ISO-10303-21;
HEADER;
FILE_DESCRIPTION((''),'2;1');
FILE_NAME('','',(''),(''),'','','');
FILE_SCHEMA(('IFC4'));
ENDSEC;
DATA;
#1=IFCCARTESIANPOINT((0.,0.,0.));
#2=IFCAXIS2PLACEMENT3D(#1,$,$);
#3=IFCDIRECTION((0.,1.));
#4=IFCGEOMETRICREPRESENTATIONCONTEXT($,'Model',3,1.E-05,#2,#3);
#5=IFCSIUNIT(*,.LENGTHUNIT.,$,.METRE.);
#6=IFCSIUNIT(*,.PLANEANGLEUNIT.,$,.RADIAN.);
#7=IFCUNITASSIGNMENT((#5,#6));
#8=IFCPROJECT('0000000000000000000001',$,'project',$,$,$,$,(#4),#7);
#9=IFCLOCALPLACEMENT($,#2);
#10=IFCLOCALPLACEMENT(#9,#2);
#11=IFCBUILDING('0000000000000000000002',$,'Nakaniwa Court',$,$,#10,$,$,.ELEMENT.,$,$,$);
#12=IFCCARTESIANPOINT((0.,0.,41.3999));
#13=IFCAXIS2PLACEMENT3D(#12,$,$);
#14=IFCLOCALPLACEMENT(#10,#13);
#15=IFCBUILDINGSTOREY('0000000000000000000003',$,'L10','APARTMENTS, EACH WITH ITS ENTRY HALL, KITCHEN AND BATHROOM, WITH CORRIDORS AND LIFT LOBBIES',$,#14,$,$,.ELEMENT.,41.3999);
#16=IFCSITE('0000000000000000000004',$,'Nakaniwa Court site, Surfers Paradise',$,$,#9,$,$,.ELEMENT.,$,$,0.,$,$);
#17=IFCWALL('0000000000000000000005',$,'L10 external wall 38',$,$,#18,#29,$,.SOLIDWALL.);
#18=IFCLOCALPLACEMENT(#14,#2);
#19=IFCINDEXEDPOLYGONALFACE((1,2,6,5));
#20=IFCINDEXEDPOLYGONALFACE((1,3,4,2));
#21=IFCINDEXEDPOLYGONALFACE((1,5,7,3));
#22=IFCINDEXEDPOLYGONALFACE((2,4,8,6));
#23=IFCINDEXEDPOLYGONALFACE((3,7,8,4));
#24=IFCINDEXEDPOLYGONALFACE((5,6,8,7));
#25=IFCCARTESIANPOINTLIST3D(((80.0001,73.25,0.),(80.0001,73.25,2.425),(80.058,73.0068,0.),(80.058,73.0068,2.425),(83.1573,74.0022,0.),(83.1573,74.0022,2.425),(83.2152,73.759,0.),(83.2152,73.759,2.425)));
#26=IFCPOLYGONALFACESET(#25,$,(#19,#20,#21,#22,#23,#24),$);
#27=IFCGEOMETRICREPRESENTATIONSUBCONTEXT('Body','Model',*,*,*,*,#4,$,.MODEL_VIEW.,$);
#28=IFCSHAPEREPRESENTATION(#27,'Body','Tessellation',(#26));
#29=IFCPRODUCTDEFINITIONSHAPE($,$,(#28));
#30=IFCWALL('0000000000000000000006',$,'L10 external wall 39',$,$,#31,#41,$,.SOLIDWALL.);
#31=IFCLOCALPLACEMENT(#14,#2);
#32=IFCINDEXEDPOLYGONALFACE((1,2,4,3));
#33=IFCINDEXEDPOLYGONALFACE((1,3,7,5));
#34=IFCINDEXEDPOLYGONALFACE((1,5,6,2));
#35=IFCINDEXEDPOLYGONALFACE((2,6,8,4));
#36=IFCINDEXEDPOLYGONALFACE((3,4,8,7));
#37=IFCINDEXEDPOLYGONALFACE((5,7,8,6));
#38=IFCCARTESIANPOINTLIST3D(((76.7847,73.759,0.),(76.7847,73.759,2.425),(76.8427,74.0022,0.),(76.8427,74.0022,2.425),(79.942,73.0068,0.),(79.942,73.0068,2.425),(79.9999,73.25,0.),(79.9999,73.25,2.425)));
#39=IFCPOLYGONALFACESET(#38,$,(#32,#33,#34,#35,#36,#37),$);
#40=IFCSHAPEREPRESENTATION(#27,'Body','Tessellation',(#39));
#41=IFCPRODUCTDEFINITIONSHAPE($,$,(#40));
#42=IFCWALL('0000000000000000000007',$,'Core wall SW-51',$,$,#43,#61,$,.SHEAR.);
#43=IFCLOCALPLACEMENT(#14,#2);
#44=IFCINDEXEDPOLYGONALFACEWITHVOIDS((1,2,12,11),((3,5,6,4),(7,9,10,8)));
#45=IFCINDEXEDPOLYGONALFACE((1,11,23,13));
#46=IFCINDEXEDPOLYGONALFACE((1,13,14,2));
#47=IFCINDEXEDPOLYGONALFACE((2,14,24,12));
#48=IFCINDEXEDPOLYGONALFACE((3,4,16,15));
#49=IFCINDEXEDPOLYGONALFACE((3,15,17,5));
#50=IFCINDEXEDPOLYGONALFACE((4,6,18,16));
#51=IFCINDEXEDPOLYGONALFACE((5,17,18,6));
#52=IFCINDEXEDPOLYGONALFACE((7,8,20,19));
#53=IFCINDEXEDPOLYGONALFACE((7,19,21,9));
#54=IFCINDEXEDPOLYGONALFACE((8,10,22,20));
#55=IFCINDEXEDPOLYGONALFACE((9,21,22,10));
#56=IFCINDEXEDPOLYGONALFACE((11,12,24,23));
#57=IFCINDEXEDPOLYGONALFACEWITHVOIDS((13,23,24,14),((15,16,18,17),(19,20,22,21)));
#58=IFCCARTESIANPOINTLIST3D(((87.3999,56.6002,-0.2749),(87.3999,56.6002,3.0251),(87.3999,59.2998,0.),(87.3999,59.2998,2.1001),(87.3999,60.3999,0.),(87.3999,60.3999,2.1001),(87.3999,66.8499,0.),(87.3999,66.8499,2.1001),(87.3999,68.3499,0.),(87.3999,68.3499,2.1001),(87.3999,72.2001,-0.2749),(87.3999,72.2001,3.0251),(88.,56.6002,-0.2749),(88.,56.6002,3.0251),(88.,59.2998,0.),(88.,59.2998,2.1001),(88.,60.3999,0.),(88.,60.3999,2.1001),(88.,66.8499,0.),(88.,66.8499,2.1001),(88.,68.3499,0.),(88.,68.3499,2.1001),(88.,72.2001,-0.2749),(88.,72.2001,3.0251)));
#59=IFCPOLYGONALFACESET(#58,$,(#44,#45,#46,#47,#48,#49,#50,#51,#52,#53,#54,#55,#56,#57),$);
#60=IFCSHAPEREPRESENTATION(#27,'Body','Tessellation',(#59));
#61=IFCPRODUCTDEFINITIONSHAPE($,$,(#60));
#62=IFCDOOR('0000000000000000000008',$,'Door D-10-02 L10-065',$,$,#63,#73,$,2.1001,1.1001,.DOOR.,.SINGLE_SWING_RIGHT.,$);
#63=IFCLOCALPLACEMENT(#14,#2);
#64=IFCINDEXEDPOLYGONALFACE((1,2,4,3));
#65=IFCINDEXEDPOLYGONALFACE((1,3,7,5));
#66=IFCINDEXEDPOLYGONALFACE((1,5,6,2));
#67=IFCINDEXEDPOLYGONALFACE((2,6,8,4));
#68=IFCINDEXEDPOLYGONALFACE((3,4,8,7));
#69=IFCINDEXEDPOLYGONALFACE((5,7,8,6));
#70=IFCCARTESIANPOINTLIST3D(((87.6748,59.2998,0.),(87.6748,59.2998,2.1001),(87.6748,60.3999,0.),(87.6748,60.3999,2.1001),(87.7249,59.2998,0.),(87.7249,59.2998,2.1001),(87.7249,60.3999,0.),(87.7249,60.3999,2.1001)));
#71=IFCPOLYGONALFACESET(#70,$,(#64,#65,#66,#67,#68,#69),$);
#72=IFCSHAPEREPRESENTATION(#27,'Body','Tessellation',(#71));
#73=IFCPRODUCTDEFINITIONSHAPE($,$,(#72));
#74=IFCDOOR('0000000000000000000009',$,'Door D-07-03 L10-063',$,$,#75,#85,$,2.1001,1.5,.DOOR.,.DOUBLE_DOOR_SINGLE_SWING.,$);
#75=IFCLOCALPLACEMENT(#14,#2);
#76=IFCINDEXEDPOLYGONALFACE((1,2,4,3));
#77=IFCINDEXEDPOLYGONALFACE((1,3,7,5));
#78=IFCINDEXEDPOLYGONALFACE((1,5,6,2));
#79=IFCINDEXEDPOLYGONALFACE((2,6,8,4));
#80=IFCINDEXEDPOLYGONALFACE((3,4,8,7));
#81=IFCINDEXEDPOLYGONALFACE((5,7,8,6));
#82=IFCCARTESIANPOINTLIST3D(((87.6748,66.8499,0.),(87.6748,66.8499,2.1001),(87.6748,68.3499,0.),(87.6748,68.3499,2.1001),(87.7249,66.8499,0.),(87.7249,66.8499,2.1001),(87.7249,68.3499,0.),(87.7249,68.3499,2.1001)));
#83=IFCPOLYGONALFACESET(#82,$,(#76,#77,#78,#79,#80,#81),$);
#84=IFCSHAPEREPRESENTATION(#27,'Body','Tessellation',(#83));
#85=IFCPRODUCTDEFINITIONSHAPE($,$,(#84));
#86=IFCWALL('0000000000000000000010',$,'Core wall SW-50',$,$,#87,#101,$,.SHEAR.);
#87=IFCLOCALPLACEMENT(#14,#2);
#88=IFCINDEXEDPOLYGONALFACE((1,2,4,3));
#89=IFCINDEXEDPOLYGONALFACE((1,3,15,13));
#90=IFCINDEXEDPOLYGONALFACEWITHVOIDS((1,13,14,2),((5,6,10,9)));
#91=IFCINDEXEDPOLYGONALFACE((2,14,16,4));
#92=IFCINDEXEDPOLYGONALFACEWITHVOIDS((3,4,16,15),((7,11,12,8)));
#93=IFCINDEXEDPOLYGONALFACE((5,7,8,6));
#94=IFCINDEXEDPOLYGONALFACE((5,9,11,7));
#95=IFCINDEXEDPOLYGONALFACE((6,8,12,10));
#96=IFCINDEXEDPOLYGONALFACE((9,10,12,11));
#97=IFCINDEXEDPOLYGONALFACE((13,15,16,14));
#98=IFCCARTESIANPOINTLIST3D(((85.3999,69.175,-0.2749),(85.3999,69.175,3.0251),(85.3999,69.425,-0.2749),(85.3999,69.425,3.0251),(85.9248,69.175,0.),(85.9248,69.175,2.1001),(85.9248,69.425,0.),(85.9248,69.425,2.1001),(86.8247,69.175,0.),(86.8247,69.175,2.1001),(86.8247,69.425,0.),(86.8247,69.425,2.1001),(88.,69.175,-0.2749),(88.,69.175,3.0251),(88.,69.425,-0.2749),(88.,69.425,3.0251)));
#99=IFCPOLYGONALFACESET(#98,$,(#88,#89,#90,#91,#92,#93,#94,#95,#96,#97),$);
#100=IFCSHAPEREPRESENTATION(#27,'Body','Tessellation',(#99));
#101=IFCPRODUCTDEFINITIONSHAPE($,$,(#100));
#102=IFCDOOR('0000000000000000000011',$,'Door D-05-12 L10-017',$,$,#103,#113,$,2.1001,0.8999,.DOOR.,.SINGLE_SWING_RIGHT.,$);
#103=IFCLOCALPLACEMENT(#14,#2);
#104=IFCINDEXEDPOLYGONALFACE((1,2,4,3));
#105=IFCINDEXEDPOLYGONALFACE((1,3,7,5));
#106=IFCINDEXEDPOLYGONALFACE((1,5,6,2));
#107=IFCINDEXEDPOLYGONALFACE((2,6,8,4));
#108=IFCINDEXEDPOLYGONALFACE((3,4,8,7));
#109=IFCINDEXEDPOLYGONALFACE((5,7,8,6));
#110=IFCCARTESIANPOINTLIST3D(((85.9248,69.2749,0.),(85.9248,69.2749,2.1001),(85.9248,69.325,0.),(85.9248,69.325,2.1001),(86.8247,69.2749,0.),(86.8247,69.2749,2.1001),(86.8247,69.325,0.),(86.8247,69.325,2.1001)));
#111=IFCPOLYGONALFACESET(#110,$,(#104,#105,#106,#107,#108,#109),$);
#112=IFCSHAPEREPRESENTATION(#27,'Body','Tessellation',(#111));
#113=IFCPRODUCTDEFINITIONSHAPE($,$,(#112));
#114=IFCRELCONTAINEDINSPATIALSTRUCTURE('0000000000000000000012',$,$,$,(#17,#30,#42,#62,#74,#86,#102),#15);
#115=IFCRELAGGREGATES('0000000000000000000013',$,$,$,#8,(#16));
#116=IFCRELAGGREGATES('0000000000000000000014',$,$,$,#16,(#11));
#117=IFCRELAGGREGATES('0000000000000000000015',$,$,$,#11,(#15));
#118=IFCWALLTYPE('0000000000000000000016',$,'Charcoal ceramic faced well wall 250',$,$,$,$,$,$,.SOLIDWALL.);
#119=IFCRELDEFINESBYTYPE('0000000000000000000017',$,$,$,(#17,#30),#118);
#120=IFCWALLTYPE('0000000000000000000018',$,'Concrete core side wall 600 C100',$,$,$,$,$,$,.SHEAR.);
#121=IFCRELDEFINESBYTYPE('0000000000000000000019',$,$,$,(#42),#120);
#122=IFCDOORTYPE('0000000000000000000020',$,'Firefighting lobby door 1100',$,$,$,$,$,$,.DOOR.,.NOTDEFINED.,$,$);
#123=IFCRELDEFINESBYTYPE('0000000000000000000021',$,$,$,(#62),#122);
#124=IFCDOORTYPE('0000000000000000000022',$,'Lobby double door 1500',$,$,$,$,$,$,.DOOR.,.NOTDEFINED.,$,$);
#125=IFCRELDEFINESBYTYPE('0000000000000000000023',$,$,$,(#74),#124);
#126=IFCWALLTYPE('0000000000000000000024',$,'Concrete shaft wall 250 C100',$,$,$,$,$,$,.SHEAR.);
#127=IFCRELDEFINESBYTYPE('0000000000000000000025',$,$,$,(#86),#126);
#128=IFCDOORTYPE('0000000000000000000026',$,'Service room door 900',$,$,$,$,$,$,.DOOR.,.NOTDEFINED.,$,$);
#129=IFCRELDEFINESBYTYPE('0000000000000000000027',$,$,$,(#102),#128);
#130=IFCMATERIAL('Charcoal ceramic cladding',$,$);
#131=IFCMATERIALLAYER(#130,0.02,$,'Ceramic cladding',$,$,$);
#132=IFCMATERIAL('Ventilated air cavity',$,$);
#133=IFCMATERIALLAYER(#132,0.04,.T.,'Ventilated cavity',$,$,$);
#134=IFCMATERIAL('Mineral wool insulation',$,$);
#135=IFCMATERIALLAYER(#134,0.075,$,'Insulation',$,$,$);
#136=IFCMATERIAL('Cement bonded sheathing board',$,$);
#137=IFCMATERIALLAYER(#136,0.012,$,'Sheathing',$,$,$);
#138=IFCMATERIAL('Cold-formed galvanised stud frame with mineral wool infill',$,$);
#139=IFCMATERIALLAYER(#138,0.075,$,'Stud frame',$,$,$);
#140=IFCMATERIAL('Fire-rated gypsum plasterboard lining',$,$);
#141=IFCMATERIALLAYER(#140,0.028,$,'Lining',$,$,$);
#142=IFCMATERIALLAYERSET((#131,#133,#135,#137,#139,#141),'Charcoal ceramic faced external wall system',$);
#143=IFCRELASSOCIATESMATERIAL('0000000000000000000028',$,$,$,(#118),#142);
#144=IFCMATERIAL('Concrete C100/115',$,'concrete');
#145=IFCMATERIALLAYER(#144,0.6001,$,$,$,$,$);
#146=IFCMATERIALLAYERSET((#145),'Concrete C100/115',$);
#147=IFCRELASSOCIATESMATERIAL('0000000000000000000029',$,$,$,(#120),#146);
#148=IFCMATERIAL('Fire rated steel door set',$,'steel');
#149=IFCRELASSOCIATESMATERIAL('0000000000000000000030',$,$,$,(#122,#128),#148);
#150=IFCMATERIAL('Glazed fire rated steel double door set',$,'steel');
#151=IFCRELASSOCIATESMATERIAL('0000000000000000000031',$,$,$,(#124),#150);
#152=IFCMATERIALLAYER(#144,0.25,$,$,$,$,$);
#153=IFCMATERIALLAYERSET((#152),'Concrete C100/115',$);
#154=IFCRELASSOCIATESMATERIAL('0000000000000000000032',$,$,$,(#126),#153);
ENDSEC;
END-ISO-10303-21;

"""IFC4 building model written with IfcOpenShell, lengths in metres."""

from ifc_helpers import new_model, si_unit, direction, frame, frame_2d, origin, place, context, subcontext, project, spatial, rectangle, extrude, material, layer, layer_set, type_object, element, fill, save


model = new_model("IFC4")

# Units and contexts
model_context = context("Model", 3, precision=1e-05, world=origin(), true_north=direction((0.0, 1.0)))
body_context = subcontext(model_context, "Body", "Model", "MODEL_VIEW")
ifc_project = project(units=[si_unit("LENGTHUNIT", "METRE"), si_unit("PLANEANGLEUNIT", "RADIAN")], contexts=[model_context])

# Site, building, storey
site_placement = place(None, origin())
site = spatial("IfcSite", under=ifc_project, at=site_placement, Name="Nakaniwa Court site, Surfers Paradise", CompositionType="ELEMENT", RefElevation=0.0)
building_placement = place(site_placement, origin())
building = spatial("IfcBuilding", under=site, at=building_placement, Name="Nakaniwa Court", CompositionType="ELEMENT")
storey_placement = place(building_placement, frame((0.0, 0.0, 41.3999)))
storey = spatial("IfcBuildingStorey", under=building, at=storey_placement, Name="L10", Description="APARTMENTS, EACH WITH ITS ENTRY HALL, KITCHEN AND BATHROOM, WITH CORRIDORS AND LIFT LOBBIES", CompositionType="ELEMENT", Elevation=41.3999)

# Shared definitions
ifc_material_1 = material(Name="Concrete C100/115", Category="concrete")

# Walls
ifc_material_2 = material(Name="Charcoal ceramic cladding")
ifc_layer_1 = layer(ifc_material_2, 0.02, Name="Ceramic cladding")
ifc_material_3 = material(Name="Ventilated air cavity")
ifc_layer_2 = layer(ifc_material_3, 0.04, ventilated=True, Name="Ventilated cavity")
ifc_material_4 = material(Name="Mineral wool insulation")
ifc_layer_3 = layer(ifc_material_4, 0.075, Name="Insulation")
ifc_material_5 = material(Name="Cement bonded sheathing board")
ifc_layer_4 = layer(ifc_material_5, 0.012, Name="Sheathing")
ifc_material_6 = material(Name="Cold-formed galvanised stud frame with mineral wool infill")
ifc_layer_5 = layer(ifc_material_6, 0.075, Name="Stud frame")
ifc_material_7 = material(Name="Fire-rated gypsum plasterboard lining")
ifc_layer_6 = layer(ifc_material_7, 0.028, Name="Lining")
ifc_layer_set_1 = layer_set([ifc_layer_1, ifc_layer_2, ifc_layer_3, ifc_layer_4, ifc_layer_5, ifc_layer_6], Name="Charcoal ceramic faced external wall system")
wall_type_1 = type_object("IfcWallType", Name="Charcoal ceramic faced well wall 250", PredefinedType="SOLIDWALL", material=ifc_layer_set_1)
for number, where, z_axis, x_axis, name in (
    (1, (83.1863, 73.8806, 0.0), (0.0, 0.0, 1.0), (-0.972773, -0.23176, 0.0), "L10 external wall 38"),
    (2, (79.9709, 73.1284, 0.0), (0.0, 0.0, 1.0), (-0.972773, 0.23176, 0.0), "L10 external wall 39"),
):
    element("IfcWall", number, at=place(storey_placement, frame(where, z_axis=z_axis, x_axis=x_axis)), inside=storey, type_object=wall_type_1, Name=name, PredefinedType="SOLIDWALL", context=body_context, shape_type="SweptSolid", body=[
        extrude(rectangle(XDim=3.2456, YDim=0.25, at=frame_2d((1.6228, 0.0))), origin(), (0.0, 0.0, 1.0), 2.425),
    ])

# Wall, openings, doors
ifc_layer_7 = layer(ifc_material_1, 0.6001)
ifc_layer_set_2 = layer_set([ifc_layer_7], Name="Concrete C100/115")
wall_type_2 = type_object("IfcWallType", Name="Concrete core side wall 600 C100", PredefinedType="SHEAR", material=ifc_layer_set_2)
wall_1_placement = place(storey_placement, frame((87.7, 72.2, -0.2749), z_axis=(0.0, 0.0, 1.0), x_axis=(0.0, -1.0, 0.0)))
wall_1 = element("IfcWall", 3, at=wall_1_placement, inside=storey, type_object=wall_type_2, Name="Core wall SW-51", PredefinedType="SHEAR", context=body_context, shape_type="SweptSolid", body=[
    extrude(rectangle(XDim=15.5999, YDim=0.6001, at=frame_2d((7.7998, 0.0))), origin(), (0.0, 0.0, 1.0), 3.3),
])
opening_1_placement = place(wall_1_placement, frame((3.8501, 0.0, 0.2749)))
opening_1 = element("IfcOpeningElement", 4, at=opening_1_placement, cuts=wall_1, PredefinedType="OPENING", context=body_context, shape_type="SweptSolid", body=[
    extrude(rectangle(XDim=1.5, YDim=2.1001, at=frame_2d((0.75, 1.05))), frame((0.0, 0.3101, 0.0), z_axis=(0.0, -1.0, 0.0), x_axis=(1.0, 0.0, 0.0)), (0.0, 0.0, 1.0), 0.6201),
])
opening_2_placement = place(wall_1_placement, frame((11.8, 0.0, 0.2749)))
opening_2 = element("IfcOpeningElement", 5, at=opening_2_placement, cuts=wall_1, PredefinedType="OPENING", context=body_context, shape_type="SweptSolid", body=[
    extrude(rectangle(XDim=1.1001, YDim=2.1001, at=frame_2d((0.55, 1.05))), frame((0.0, 0.3101, 0.0), z_axis=(0.0, -1.0, 0.0), x_axis=(1.0, 0.0, 0.0)), (0.0, 0.0, 1.0), 0.6201),
])
ifc_material_8 = material(Name="Fire rated steel door set", Category="steel")
door_type_1 = type_object("IfcDoorType", Name="Firefighting lobby door 1100", OperationType="NOTDEFINED", PredefinedType="DOOR", material=ifc_material_8)
door_1_placement = place(opening_2_placement, origin())
door_1 = element("IfcDoor", 6, at=door_1_placement, inside=storey, type_object=door_type_1, Name="Door D-10-02 L10-065", OperationType="SINGLE_SWING_RIGHT", OverallHeight=2.1001, OverallWidth=1.1001, PredefinedType="DOOR", context=body_context, shape_type="SweptSolid", body=[
    extrude(rectangle(XDim=1.1001, YDim=2.1001, at=frame_2d((0.55, 1.05))), frame((0.0, 0.0249, 0.0), z_axis=(0.0, -1.0, 0.0), x_axis=(1.0, 0.0, 0.0)), (0.0, 0.0, 1.0), 0.05),
])
fill(opening_2, door_1)
ifc_material_9 = material(Name="Glazed fire rated steel double door set", Category="steel")
door_type_2 = type_object("IfcDoorType", Name="Lobby double door 1500", OperationType="NOTDEFINED", PredefinedType="DOOR", material=ifc_material_9)
door_2_placement = place(opening_1_placement, origin())
door_2 = element("IfcDoor", 7, at=door_2_placement, inside=storey, type_object=door_type_2, Name="Door D-07-03 L10-063", OperationType="DOUBLE_DOOR_SINGLE_SWING", OverallHeight=2.1001, OverallWidth=1.5, PredefinedType="DOOR", context=body_context, shape_type="SweptSolid", body=[
    extrude(rectangle(XDim=1.5, YDim=2.1001, at=frame_2d((0.75, 1.05))), frame((0.0, 0.0249, 0.0), z_axis=(0.0, -1.0, 0.0), x_axis=(1.0, 0.0, 0.0)), (0.0, 0.0, 1.0), 0.05),
])
fill(opening_1, door_2)

# Wall, opening, door
ifc_layer_8 = layer(ifc_material_1, 0.25)
ifc_layer_set_3 = layer_set([ifc_layer_8], Name="Concrete C100/115")
wall_type_3 = type_object("IfcWallType", Name="Concrete shaft wall 250 C100", PredefinedType="SHEAR", material=ifc_layer_set_3)
wall_2_placement = place(storey_placement, frame((85.3999, 69.3, -0.2749), z_axis=(0.0, 0.0, 1.0), x_axis=(1.0, 0.0, 0.0)))
wall_2 = element("IfcWall", 8, at=wall_2_placement, inside=storey, type_object=wall_type_3, Name="Core wall SW-50", PredefinedType="SHEAR", context=body_context, shape_type="SweptSolid", body=[
    extrude(rectangle(XDim=2.6001, YDim=0.25, at=frame_2d((1.3, 0.0))), origin(), (0.0, 0.0, 1.0), 3.3),
])
opening_3_placement = place(wall_2_placement, frame((0.5249, 0.0, 0.2749)))
opening_3 = element("IfcOpeningElement", 9, at=opening_3_placement, cuts=wall_2, PredefinedType="OPENING", context=body_context, shape_type="SweptSolid", body=[
    extrude(rectangle(XDim=0.8999, YDim=2.1001, at=frame_2d((0.45, 1.05))), frame((0.0, 0.135, 0.0), z_axis=(0.0, -1.0, 0.0), x_axis=(1.0, 0.0, 0.0)), (0.0, 0.0, 1.0), 0.27),
])
door_type_3 = type_object("IfcDoorType", Name="Service room door 900", OperationType="NOTDEFINED", PredefinedType="DOOR", material=ifc_material_8)
door_3_placement = place(opening_3_placement, origin())
door_3 = element("IfcDoor", 10, at=door_3_placement, inside=storey, type_object=door_type_3, Name="Door D-05-12 L10-017", OperationType="SINGLE_SWING_RIGHT", OverallHeight=2.1001, OverallWidth=0.8999, PredefinedType="DOOR", context=body_context, shape_type="SweptSolid", body=[
    extrude(rectangle(XDim=0.8999, YDim=2.1001, at=frame_2d((0.45, 1.05))), frame((0.0, 0.0249, 0.0), z_axis=(0.0, -1.0, 0.0), x_axis=(1.0, 0.0, 0.0)), (0.0, 0.0, 1.0), 0.05),
])
fill(opening_3, door_3)

save(model, "model.ifc")
